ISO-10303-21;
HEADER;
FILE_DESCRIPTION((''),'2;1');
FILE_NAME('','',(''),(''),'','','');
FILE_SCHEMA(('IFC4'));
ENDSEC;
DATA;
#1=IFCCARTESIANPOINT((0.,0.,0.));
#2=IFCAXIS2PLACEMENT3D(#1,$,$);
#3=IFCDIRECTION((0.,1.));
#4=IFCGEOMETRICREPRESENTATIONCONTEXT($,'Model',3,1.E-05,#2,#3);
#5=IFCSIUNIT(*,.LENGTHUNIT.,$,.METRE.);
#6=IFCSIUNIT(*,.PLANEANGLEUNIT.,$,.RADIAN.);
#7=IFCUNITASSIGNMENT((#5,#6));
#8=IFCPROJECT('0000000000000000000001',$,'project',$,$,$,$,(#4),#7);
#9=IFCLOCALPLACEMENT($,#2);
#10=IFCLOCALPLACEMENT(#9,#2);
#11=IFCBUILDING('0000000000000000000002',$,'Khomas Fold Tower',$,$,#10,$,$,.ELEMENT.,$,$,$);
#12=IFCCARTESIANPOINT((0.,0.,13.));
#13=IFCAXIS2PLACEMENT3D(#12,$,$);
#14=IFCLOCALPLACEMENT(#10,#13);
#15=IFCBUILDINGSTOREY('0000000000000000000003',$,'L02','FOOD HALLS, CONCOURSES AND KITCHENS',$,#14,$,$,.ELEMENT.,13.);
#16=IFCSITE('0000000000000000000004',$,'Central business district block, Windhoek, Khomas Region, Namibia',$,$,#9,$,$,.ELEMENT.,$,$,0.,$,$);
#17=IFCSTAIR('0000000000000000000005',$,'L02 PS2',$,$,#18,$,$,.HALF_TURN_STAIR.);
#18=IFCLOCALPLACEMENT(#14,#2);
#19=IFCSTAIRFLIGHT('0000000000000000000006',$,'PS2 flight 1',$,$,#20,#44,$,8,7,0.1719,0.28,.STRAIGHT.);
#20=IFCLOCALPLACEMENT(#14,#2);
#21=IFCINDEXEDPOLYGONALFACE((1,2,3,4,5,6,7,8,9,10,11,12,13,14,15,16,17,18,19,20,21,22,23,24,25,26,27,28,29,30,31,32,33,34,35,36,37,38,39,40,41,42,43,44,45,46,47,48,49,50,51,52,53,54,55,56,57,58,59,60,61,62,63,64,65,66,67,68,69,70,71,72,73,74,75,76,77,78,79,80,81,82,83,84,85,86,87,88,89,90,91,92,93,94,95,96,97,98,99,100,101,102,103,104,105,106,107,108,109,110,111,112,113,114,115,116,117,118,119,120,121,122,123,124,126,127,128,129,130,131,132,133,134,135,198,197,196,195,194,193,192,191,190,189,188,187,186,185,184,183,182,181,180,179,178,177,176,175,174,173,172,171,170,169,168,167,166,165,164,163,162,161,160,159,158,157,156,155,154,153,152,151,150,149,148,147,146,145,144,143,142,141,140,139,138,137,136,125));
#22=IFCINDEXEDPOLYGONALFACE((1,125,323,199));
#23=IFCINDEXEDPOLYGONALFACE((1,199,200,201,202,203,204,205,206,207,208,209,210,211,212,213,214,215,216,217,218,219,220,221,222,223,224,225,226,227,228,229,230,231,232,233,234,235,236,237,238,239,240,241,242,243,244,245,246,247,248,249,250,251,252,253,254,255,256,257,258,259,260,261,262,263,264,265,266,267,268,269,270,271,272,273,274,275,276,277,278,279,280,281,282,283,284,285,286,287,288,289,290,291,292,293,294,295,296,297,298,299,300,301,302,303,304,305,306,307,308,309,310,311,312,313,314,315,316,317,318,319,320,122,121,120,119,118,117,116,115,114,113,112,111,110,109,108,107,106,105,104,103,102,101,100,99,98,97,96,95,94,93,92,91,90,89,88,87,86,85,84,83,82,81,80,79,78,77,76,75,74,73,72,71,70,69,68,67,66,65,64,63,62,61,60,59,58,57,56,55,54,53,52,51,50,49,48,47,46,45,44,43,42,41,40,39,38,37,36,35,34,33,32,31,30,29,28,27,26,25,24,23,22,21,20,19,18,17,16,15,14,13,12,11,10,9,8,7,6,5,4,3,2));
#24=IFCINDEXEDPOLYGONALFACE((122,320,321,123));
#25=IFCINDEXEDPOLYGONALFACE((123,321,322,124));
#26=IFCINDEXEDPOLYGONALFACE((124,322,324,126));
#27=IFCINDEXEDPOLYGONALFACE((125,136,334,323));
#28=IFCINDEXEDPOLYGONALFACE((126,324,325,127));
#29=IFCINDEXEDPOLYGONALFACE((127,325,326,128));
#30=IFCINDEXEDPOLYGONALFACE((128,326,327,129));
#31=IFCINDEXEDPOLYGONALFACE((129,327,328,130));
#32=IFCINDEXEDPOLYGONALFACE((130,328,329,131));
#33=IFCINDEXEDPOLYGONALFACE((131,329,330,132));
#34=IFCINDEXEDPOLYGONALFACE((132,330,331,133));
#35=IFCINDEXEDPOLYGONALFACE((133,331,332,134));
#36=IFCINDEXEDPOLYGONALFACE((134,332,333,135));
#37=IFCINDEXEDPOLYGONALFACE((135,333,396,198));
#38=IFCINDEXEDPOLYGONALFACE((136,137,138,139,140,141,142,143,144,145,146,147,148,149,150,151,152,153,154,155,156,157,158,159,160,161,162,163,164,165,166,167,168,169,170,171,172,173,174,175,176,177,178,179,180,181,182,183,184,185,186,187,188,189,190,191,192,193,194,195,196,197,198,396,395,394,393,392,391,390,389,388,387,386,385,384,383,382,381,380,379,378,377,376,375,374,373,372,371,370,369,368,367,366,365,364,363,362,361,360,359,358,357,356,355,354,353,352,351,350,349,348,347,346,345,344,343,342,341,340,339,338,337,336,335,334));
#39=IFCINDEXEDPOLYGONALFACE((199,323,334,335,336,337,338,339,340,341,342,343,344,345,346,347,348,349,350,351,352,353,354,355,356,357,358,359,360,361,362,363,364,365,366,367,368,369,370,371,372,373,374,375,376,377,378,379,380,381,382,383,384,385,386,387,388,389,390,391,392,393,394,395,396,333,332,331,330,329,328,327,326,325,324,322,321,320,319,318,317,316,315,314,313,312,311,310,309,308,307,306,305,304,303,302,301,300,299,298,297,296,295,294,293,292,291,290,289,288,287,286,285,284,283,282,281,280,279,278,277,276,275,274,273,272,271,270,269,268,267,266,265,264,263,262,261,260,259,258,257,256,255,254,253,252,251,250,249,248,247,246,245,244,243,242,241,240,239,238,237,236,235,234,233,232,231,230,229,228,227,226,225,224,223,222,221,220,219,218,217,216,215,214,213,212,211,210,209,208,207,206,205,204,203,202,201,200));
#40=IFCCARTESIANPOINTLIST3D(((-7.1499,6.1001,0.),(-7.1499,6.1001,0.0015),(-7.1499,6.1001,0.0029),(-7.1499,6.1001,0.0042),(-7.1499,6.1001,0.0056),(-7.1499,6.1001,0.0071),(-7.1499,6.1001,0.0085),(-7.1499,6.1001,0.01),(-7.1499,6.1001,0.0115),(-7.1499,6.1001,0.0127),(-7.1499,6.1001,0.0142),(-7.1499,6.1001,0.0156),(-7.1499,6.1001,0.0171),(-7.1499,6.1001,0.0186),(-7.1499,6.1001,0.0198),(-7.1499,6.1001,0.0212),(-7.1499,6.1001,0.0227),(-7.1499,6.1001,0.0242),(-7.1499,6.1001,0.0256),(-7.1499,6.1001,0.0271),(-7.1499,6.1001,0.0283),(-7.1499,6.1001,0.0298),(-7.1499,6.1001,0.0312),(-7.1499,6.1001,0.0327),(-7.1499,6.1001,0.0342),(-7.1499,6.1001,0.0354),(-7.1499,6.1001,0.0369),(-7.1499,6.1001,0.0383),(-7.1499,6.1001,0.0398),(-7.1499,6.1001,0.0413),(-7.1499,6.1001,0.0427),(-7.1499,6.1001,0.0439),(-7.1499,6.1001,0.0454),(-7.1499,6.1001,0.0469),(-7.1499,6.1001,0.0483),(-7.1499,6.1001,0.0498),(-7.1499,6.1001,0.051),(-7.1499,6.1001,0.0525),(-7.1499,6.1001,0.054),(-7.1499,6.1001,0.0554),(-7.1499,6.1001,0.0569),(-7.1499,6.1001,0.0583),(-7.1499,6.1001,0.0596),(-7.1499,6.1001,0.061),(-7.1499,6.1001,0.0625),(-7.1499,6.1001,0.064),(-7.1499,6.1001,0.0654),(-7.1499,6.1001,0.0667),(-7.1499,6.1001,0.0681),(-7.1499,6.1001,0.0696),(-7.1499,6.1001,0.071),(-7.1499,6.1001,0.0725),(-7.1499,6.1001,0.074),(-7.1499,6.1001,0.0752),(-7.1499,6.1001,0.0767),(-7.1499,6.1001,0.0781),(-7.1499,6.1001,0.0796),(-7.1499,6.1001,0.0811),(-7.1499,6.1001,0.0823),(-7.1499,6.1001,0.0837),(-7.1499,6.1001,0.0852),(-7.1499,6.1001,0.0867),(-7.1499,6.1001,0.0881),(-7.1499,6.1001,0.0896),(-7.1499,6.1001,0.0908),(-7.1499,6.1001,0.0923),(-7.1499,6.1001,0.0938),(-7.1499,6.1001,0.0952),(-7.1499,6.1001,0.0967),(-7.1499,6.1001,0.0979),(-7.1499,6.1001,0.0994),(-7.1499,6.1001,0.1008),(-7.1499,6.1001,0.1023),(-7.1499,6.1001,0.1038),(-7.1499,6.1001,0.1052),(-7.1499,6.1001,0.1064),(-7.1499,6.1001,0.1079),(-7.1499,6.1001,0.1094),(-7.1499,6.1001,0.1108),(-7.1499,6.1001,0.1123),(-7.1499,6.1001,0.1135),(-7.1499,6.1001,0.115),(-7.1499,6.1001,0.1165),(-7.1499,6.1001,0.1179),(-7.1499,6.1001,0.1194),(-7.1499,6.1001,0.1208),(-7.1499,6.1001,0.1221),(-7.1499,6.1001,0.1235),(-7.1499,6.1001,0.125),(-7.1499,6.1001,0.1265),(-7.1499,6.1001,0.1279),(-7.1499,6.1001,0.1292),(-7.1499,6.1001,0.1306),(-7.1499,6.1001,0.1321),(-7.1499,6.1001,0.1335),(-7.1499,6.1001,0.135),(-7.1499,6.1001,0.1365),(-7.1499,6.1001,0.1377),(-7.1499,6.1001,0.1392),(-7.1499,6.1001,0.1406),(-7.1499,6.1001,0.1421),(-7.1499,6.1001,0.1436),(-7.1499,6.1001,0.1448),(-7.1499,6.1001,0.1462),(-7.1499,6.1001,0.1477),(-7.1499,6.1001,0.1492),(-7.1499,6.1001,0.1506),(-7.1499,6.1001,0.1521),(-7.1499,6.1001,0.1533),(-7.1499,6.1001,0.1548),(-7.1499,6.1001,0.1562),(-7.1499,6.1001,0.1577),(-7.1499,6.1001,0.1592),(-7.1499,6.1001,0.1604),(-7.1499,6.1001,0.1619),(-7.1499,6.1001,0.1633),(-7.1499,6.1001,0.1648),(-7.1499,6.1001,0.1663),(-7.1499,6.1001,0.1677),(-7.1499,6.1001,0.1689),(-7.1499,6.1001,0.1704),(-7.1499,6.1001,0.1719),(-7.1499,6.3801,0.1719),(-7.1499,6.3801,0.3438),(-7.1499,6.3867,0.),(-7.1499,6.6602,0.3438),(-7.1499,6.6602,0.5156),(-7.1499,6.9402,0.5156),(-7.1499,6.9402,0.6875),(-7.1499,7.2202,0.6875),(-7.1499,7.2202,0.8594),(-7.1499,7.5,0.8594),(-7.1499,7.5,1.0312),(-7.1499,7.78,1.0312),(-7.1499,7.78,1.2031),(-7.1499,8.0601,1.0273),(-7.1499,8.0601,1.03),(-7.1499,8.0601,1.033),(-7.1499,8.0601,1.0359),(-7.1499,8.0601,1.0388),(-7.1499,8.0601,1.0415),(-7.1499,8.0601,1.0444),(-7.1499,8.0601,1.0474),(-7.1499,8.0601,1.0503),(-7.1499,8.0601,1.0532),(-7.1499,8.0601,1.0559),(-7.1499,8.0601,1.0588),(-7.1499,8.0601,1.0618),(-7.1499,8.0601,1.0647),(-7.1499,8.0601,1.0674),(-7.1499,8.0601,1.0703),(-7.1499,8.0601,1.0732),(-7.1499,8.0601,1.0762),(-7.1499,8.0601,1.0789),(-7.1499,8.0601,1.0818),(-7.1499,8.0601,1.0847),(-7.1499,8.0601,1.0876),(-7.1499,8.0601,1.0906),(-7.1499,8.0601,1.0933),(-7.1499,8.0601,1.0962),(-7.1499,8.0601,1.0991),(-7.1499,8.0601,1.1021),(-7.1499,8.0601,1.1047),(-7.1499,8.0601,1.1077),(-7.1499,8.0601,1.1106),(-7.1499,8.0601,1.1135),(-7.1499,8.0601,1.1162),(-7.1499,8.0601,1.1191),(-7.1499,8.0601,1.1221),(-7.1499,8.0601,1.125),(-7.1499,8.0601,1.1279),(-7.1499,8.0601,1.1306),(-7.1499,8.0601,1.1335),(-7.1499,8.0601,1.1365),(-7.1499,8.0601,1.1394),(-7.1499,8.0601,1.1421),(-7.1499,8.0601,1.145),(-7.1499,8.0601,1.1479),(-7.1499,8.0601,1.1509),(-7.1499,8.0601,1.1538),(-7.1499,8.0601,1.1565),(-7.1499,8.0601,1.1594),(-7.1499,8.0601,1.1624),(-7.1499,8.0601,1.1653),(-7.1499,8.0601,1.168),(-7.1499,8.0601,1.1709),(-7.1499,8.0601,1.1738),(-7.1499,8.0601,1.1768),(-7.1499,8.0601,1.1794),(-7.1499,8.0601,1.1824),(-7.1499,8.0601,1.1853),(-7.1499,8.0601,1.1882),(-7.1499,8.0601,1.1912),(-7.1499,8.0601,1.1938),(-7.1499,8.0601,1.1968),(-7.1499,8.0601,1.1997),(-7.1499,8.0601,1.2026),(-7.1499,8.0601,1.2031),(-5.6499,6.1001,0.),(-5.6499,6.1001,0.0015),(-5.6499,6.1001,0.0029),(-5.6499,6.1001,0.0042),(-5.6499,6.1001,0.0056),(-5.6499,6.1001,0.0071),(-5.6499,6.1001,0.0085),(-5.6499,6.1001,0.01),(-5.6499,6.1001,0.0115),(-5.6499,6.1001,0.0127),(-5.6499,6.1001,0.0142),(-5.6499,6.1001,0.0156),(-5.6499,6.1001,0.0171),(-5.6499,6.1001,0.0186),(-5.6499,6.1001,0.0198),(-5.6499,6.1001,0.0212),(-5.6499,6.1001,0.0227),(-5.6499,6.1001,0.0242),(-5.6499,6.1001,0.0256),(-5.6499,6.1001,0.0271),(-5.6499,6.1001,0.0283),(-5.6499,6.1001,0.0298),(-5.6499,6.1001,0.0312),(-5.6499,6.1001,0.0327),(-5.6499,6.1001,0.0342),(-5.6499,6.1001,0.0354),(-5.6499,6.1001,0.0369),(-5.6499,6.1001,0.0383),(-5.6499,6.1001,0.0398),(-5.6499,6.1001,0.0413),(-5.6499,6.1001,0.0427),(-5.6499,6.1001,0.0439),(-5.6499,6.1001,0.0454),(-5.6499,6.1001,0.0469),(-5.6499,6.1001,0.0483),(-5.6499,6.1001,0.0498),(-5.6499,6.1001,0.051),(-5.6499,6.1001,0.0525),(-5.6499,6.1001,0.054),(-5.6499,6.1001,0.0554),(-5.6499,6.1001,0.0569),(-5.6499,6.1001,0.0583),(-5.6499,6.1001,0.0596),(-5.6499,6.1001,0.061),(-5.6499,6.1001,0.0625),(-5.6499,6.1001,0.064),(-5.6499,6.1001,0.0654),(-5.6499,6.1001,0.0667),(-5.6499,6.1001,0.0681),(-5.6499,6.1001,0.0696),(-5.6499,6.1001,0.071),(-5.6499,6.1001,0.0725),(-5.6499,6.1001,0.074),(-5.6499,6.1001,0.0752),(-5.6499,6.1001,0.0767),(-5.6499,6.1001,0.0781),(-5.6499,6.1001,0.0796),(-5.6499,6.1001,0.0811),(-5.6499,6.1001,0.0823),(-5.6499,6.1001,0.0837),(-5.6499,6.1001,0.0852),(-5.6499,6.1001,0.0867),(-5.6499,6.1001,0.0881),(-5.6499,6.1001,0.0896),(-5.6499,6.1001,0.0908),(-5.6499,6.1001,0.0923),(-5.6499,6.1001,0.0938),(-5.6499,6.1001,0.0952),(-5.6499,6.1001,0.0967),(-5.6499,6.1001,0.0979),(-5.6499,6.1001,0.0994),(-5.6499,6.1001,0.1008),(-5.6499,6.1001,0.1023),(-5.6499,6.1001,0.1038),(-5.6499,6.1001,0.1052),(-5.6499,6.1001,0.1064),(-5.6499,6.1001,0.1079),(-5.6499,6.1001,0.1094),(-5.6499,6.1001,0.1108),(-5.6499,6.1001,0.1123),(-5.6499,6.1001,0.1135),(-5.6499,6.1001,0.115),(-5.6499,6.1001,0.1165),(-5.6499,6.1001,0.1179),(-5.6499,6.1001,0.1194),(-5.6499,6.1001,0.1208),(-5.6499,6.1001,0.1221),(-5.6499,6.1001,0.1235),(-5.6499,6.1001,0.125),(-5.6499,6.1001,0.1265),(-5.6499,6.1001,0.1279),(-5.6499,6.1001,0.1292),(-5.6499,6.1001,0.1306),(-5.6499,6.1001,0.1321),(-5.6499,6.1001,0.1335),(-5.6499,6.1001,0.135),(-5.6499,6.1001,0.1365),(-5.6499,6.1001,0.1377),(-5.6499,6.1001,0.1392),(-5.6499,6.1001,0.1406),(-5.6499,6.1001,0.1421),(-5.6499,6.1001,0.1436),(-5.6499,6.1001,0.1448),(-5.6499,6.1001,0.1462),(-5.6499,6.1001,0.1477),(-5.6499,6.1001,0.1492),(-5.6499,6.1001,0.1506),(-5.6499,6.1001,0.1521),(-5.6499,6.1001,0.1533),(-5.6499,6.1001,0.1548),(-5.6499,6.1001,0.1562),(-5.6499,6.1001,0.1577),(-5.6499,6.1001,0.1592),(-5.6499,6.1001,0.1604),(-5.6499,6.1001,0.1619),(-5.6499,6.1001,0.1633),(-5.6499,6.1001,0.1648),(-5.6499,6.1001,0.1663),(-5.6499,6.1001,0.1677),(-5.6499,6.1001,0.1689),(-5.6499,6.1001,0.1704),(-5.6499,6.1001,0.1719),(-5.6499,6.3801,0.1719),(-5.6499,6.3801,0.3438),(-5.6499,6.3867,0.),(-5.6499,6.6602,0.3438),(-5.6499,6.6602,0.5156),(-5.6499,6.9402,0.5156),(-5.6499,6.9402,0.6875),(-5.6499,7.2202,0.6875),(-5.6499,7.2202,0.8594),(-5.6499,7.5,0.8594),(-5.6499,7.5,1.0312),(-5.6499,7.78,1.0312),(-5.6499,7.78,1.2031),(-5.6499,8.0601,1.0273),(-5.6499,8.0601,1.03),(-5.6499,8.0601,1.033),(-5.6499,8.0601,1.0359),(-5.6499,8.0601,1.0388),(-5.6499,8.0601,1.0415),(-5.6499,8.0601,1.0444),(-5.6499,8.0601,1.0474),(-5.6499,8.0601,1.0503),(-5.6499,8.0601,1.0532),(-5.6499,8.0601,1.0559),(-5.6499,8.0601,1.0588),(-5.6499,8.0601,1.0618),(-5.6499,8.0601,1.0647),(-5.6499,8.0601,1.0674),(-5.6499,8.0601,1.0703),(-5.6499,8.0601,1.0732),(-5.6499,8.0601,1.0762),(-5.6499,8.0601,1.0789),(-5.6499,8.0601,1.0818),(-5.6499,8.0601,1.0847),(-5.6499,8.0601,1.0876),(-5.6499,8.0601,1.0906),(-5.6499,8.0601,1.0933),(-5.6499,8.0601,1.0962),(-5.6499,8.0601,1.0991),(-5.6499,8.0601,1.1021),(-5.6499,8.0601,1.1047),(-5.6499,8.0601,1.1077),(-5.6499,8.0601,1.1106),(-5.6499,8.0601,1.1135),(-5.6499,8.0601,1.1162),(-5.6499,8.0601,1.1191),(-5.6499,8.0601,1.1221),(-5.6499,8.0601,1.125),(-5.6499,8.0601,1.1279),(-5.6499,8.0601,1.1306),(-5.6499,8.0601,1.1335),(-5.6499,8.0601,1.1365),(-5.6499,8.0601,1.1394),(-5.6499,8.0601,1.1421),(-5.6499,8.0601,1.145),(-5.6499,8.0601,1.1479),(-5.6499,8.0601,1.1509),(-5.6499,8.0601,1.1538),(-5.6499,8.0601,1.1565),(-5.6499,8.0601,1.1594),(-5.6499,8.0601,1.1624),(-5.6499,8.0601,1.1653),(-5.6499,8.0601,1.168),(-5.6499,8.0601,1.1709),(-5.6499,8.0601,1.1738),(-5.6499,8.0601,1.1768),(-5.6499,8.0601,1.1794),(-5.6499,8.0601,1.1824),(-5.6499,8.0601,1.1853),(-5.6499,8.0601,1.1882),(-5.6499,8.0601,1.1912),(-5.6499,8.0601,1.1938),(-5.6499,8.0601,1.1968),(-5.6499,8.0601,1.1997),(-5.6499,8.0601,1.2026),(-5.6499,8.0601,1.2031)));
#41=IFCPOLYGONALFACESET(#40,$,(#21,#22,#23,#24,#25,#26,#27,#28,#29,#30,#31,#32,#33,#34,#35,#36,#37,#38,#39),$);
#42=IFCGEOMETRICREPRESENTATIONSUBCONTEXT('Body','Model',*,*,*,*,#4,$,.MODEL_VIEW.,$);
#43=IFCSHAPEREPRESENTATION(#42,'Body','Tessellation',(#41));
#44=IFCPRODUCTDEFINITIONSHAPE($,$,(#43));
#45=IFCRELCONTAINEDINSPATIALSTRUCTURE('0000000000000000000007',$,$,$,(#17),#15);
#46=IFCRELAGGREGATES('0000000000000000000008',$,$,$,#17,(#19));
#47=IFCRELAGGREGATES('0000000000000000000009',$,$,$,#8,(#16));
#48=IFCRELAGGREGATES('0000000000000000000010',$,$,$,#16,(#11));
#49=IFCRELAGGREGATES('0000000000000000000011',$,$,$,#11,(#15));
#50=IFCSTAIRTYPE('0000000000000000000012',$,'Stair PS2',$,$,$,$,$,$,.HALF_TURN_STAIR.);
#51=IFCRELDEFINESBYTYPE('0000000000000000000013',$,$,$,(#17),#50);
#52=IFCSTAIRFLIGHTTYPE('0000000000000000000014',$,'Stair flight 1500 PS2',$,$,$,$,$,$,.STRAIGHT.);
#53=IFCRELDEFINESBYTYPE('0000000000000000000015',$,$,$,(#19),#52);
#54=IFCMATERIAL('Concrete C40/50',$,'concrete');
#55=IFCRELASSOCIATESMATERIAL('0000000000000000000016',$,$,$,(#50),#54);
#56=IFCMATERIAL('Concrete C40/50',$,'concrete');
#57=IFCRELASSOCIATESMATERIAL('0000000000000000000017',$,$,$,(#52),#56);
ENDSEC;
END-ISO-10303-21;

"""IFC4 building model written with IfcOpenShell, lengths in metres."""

from ifc_helpers import new_model, si_unit, direction, frame, origin, place, context, subcontext, project, spatial, polyline, outline, extrude, source, transform, mapped, material, type_object, element, aggregate, save


model = new_model("IFC4")

# Units and contexts
model_context = context("Model", 3, precision=1e-05, world=origin(), true_north=direction((0.0, 1.0)))
body_context = subcontext(model_context, "Body", "Model", "MODEL_VIEW")
ifc_project = project(units=[si_unit("LENGTHUNIT", "METRE"), si_unit("PLANEANGLEUNIT", "RADIAN")], contexts=[model_context])

# Site, building, storey
site_placement = place(None, origin())
site = spatial("IfcSite", under=ifc_project, at=site_placement, Name="Central business district block, Windhoek, Khomas Region, Namibia", CompositionType="ELEMENT", RefElevation=0.0)
building_placement = place(site_placement, origin())
building = spatial("IfcBuilding", under=site, at=building_placement, Name="Khomas Fold Tower", CompositionType="ELEMENT")
storey_placement = place(building_placement, frame((0.0, 0.0, 13.0)))
storey = spatial("IfcBuildingStorey", under=building, at=storey_placement, Name="L02", Description="FOOD HALLS, CONCOURSES AND KITCHENS", CompositionType="ELEMENT", Elevation=13.0)

# Stair, stair flight
ifc_material_1 = material(Name="Concrete C40/50", Category="concrete")
stair_type = type_object("IfcStairType", Name="Stair PS2", PredefinedType="HALF_TURN_STAIR", material=ifc_material_1)
stair_placement = place(storey_placement, origin())
stair = element("IfcStair", 1, at=stair_placement, inside=storey, type_object=stair_type, Name="L02 PS2", PredefinedType="HALF_TURN_STAIR")
ifc_material_2 = material(Name="Concrete C40/50", Category="concrete")
stair_flight_type = type_object("IfcStairFlightType", Name="Stair flight 1500 PS2", PredefinedType="STRAIGHT", material=ifc_material_2)
shared_shape_1 = source(origin(), body_context, "Body", "SweptSolid", [
    extrude(outline(polyline([(0.0, 0.0), (0.0, 0.0015), (0.0, 0.0029), (0.0, 0.0042), (0.0, 0.0056), (0.0, 0.0071), (0.0, 0.0085), (0.0, 0.01), (0.0, 0.0115), (0.0, 0.0127), (0.0, 0.0142), (0.0, 0.0156), (0.0, 0.0171), (0.0, 0.0186), (0.0, 0.0198), (0.0, 0.0212), (0.0, 0.0227), (0.0, 0.0242), (0.0, 0.0256), (0.0, 0.0271), (0.0, 0.0283), (0.0, 0.0298), (0.0, 0.0312), (0.0, 0.0327), (0.0, 0.0342), (0.0, 0.0354), (0.0, 0.0369), (0.0, 0.0383), (0.0, 0.0398), (0.0, 0.0413), (0.0, 0.0427), (0.0, 0.0439), (0.0, 0.0454), (0.0, 0.0469), (0.0, 0.0483), (0.0, 0.0498), (0.0, 0.051), (0.0, 0.0525), (0.0, 0.054), (0.0, 0.0554), (0.0, 0.0569), (0.0, 0.0583), (0.0, 0.0596), (0.0, 0.061), (0.0, 0.0625), (0.0, 0.064), (0.0, 0.0654), (0.0, 0.0667), (0.0, 0.0681), (0.0, 0.0696), (0.0, 0.071), (0.0, 0.0725), (0.0, 0.074), (0.0, 0.0752), (0.0, 0.0767), (0.0, 0.0781), (0.0, 0.0796), (0.0, 0.0811), (0.0, 0.0823), (0.0, 0.0837), (0.0, 0.0852), (0.0, 0.0867), (0.0, 0.0881), (0.0, 0.0896), (0.0, 0.0908), (0.0, 0.0923), (0.0, 0.0938), (0.0, 0.0952), (0.0, 0.0967), (0.0, 0.0979), (0.0, 0.0994), (0.0, 0.1008), (0.0, 0.1023), (0.0, 0.1038), (0.0, 0.1052), (0.0, 0.1064), (0.0, 0.1079), (0.0, 0.1094), (0.0, 0.1108), (0.0, 0.1123), (0.0, 0.1135), (0.0, 0.115), (0.0, 0.1165), (0.0, 0.1179), (0.0, 0.1194), (0.0, 0.1208), (0.0, 0.1221), (0.0, 0.1235), (0.0, 0.125), (0.0, 0.1265), (0.0, 0.1279), (0.0, 0.1292), (0.0, 0.1306), (0.0, 0.1321), (0.0, 0.1335), (0.0, 0.135), (0.0, 0.1365), (0.0, 0.1377), (0.0, 0.1392), (0.0, 0.1406), (0.0, 0.1421), (0.0, 0.1436), (0.0, 0.1448), (0.0, 0.1462), (0.0, 0.1477), (0.0, 0.1492), (0.0, 0.1506), (0.0, 0.1521), (0.0, 0.1533), (0.0, 0.1548), (0.0, 0.1562), (0.0, 0.1577), (0.0, 0.1592), (0.0, 0.1604), (0.0, 0.1619), (0.0, 0.1633), (0.0, 0.1648), (0.0, 0.1663), (0.0, 0.1677), (0.0, 0.1689), (0.0, 0.1704), (0.0, 0.1719), (0.28, 0.1719), (0.28, 0.3438), (0.5601, 0.3438), (0.5601, 0.5156), (0.8401, 0.5156), (0.8401, 0.6875), (1.1201, 0.6875), (1.1201, 0.8594), (1.3999, 0.8594), (1.3999, 1.0312), (1.6799, 1.0312), (1.6799, 1.2031), (1.96, 1.2031), (1.96, 1.375), (1.96, 1.3721), (1.96, 1.3691), (1.96, 1.3665), (1.96, 1.3635), (1.96, 1.3606), (1.96, 1.3577), (1.96, 1.355), (1.96, 1.3521), (1.96, 1.3491), (1.96, 1.3462), (1.96, 1.3435), (1.96, 1.3406), (1.96, 1.3376), (1.96, 1.3347), (1.96, 1.3318), (1.96, 1.3291), (1.96, 1.3262), (1.96, 1.3232), (1.96, 1.3203), (1.96, 1.3176), (1.96, 1.3147), (1.96, 1.3118), (1.96, 1.3088), (1.96, 1.3059), (1.96, 1.3032), (1.96, 1.3003), (1.96, 1.2974), (1.96, 1.2944), (1.96, 1.2917), (1.96, 1.2888), (1.96, 1.2859), (1.96, 1.283), (1.96, 1.2803), (1.96, 1.2773), (1.96, 1.2744), (1.96, 1.2715), (1.96, 1.2686), (1.96, 1.2659), (1.96, 1.2629), (1.96, 1.26), (1.96, 1.2571), (1.96, 1.2544), (1.96, 1.2515), (1.96, 1.2485), (1.96, 1.2456), (1.96, 1.2427), (1.96, 1.24), (1.96, 1.2371), (1.96, 1.2341), (1.96, 1.2312), (1.96, 1.2285), (1.96, 1.2256), (1.96, 1.2227), (1.96, 1.2197), (1.96, 1.217), (1.96, 1.2141), (1.96, 1.2112), (1.96, 1.2083), (1.96, 1.2053), (1.96, 1.2026), (1.96, 1.1997), (1.96, 1.1968), (1.96, 1.1938), (1.96, 1.1912), (1.96, 1.1882), (1.96, 1.1853), (1.96, 1.1824), (1.96, 1.1794), (1.96, 1.1768), (1.96, 1.1738), (1.96, 1.1709), (1.96, 1.168), (1.96, 1.1653), (1.96, 1.1624), (1.96, 1.1594), (1.96, 1.1565), (1.96, 1.1538), (1.96, 1.1509), (1.96, 1.1479), (1.96, 1.145), (1.96, 1.1421), (1.96, 1.1394), (1.96, 1.1365), (1.96, 1.1335), (1.96, 1.1306), (1.96, 1.1279), (1.96, 1.125), (1.96, 1.1221), (1.96, 1.1191), (1.96, 1.1162), (1.96, 1.1135), (1.96, 1.1106), (1.96, 1.1077), (1.96, 1.1047), (1.96, 1.1021), (1.96, 1.0991), (1.96, 1.0962), (1.96, 1.0933), (1.96, 1.0906), (1.96, 1.0876), (1.96, 1.0847), (1.96, 1.0818), (1.96, 1.0789), (1.96, 1.0762), (1.96, 1.0732), (1.96, 1.0703), (1.96, 1.0674), (1.96, 1.0647), (1.96, 1.0618), (1.96, 1.0588), (1.96, 1.0559), (1.96, 1.0532), (1.96, 1.0503), (1.96, 1.0474), (1.96, 1.0444), (1.96, 1.0415), (1.96, 1.0388), (1.96, 1.0359), (1.96, 1.033), (1.96, 1.03), (1.96, 1.0273), (0.2866, 0.0), (0.0, 0.0)])), frame((0.0, 0.75, 0.0), z_axis=(0.0, -1.0, 0.0), x_axis=(1.0, 0.0, 0.0)), (0.0, 0.0, 1.0), 1.5),
])
stair_flight_1_placement = place(storey_placement, frame((-6.3999, 6.1001, 0.0), z_axis=(0.0, 0.0, 1.0), x_axis=(0.0, 1.0, 0.0)))
stair_flight_1 = element("IfcStairFlight", 2, at=stair_flight_1_placement, type_object=stair_flight_type, Name="PS2 flight 1", NumberOfRisers=8, NumberOfTreads=7, PredefinedType="STRAIGHT", RiserHeight=0.1719, TreadLength=0.28, context=body_context, shape_type="MappedRepresentation", body=[
    mapped(shared_shape_1, transform((0.0, 0.0, 0.0))),
])
aggregate(stair, [stair_flight_1])

save(model, "model.ifc")
